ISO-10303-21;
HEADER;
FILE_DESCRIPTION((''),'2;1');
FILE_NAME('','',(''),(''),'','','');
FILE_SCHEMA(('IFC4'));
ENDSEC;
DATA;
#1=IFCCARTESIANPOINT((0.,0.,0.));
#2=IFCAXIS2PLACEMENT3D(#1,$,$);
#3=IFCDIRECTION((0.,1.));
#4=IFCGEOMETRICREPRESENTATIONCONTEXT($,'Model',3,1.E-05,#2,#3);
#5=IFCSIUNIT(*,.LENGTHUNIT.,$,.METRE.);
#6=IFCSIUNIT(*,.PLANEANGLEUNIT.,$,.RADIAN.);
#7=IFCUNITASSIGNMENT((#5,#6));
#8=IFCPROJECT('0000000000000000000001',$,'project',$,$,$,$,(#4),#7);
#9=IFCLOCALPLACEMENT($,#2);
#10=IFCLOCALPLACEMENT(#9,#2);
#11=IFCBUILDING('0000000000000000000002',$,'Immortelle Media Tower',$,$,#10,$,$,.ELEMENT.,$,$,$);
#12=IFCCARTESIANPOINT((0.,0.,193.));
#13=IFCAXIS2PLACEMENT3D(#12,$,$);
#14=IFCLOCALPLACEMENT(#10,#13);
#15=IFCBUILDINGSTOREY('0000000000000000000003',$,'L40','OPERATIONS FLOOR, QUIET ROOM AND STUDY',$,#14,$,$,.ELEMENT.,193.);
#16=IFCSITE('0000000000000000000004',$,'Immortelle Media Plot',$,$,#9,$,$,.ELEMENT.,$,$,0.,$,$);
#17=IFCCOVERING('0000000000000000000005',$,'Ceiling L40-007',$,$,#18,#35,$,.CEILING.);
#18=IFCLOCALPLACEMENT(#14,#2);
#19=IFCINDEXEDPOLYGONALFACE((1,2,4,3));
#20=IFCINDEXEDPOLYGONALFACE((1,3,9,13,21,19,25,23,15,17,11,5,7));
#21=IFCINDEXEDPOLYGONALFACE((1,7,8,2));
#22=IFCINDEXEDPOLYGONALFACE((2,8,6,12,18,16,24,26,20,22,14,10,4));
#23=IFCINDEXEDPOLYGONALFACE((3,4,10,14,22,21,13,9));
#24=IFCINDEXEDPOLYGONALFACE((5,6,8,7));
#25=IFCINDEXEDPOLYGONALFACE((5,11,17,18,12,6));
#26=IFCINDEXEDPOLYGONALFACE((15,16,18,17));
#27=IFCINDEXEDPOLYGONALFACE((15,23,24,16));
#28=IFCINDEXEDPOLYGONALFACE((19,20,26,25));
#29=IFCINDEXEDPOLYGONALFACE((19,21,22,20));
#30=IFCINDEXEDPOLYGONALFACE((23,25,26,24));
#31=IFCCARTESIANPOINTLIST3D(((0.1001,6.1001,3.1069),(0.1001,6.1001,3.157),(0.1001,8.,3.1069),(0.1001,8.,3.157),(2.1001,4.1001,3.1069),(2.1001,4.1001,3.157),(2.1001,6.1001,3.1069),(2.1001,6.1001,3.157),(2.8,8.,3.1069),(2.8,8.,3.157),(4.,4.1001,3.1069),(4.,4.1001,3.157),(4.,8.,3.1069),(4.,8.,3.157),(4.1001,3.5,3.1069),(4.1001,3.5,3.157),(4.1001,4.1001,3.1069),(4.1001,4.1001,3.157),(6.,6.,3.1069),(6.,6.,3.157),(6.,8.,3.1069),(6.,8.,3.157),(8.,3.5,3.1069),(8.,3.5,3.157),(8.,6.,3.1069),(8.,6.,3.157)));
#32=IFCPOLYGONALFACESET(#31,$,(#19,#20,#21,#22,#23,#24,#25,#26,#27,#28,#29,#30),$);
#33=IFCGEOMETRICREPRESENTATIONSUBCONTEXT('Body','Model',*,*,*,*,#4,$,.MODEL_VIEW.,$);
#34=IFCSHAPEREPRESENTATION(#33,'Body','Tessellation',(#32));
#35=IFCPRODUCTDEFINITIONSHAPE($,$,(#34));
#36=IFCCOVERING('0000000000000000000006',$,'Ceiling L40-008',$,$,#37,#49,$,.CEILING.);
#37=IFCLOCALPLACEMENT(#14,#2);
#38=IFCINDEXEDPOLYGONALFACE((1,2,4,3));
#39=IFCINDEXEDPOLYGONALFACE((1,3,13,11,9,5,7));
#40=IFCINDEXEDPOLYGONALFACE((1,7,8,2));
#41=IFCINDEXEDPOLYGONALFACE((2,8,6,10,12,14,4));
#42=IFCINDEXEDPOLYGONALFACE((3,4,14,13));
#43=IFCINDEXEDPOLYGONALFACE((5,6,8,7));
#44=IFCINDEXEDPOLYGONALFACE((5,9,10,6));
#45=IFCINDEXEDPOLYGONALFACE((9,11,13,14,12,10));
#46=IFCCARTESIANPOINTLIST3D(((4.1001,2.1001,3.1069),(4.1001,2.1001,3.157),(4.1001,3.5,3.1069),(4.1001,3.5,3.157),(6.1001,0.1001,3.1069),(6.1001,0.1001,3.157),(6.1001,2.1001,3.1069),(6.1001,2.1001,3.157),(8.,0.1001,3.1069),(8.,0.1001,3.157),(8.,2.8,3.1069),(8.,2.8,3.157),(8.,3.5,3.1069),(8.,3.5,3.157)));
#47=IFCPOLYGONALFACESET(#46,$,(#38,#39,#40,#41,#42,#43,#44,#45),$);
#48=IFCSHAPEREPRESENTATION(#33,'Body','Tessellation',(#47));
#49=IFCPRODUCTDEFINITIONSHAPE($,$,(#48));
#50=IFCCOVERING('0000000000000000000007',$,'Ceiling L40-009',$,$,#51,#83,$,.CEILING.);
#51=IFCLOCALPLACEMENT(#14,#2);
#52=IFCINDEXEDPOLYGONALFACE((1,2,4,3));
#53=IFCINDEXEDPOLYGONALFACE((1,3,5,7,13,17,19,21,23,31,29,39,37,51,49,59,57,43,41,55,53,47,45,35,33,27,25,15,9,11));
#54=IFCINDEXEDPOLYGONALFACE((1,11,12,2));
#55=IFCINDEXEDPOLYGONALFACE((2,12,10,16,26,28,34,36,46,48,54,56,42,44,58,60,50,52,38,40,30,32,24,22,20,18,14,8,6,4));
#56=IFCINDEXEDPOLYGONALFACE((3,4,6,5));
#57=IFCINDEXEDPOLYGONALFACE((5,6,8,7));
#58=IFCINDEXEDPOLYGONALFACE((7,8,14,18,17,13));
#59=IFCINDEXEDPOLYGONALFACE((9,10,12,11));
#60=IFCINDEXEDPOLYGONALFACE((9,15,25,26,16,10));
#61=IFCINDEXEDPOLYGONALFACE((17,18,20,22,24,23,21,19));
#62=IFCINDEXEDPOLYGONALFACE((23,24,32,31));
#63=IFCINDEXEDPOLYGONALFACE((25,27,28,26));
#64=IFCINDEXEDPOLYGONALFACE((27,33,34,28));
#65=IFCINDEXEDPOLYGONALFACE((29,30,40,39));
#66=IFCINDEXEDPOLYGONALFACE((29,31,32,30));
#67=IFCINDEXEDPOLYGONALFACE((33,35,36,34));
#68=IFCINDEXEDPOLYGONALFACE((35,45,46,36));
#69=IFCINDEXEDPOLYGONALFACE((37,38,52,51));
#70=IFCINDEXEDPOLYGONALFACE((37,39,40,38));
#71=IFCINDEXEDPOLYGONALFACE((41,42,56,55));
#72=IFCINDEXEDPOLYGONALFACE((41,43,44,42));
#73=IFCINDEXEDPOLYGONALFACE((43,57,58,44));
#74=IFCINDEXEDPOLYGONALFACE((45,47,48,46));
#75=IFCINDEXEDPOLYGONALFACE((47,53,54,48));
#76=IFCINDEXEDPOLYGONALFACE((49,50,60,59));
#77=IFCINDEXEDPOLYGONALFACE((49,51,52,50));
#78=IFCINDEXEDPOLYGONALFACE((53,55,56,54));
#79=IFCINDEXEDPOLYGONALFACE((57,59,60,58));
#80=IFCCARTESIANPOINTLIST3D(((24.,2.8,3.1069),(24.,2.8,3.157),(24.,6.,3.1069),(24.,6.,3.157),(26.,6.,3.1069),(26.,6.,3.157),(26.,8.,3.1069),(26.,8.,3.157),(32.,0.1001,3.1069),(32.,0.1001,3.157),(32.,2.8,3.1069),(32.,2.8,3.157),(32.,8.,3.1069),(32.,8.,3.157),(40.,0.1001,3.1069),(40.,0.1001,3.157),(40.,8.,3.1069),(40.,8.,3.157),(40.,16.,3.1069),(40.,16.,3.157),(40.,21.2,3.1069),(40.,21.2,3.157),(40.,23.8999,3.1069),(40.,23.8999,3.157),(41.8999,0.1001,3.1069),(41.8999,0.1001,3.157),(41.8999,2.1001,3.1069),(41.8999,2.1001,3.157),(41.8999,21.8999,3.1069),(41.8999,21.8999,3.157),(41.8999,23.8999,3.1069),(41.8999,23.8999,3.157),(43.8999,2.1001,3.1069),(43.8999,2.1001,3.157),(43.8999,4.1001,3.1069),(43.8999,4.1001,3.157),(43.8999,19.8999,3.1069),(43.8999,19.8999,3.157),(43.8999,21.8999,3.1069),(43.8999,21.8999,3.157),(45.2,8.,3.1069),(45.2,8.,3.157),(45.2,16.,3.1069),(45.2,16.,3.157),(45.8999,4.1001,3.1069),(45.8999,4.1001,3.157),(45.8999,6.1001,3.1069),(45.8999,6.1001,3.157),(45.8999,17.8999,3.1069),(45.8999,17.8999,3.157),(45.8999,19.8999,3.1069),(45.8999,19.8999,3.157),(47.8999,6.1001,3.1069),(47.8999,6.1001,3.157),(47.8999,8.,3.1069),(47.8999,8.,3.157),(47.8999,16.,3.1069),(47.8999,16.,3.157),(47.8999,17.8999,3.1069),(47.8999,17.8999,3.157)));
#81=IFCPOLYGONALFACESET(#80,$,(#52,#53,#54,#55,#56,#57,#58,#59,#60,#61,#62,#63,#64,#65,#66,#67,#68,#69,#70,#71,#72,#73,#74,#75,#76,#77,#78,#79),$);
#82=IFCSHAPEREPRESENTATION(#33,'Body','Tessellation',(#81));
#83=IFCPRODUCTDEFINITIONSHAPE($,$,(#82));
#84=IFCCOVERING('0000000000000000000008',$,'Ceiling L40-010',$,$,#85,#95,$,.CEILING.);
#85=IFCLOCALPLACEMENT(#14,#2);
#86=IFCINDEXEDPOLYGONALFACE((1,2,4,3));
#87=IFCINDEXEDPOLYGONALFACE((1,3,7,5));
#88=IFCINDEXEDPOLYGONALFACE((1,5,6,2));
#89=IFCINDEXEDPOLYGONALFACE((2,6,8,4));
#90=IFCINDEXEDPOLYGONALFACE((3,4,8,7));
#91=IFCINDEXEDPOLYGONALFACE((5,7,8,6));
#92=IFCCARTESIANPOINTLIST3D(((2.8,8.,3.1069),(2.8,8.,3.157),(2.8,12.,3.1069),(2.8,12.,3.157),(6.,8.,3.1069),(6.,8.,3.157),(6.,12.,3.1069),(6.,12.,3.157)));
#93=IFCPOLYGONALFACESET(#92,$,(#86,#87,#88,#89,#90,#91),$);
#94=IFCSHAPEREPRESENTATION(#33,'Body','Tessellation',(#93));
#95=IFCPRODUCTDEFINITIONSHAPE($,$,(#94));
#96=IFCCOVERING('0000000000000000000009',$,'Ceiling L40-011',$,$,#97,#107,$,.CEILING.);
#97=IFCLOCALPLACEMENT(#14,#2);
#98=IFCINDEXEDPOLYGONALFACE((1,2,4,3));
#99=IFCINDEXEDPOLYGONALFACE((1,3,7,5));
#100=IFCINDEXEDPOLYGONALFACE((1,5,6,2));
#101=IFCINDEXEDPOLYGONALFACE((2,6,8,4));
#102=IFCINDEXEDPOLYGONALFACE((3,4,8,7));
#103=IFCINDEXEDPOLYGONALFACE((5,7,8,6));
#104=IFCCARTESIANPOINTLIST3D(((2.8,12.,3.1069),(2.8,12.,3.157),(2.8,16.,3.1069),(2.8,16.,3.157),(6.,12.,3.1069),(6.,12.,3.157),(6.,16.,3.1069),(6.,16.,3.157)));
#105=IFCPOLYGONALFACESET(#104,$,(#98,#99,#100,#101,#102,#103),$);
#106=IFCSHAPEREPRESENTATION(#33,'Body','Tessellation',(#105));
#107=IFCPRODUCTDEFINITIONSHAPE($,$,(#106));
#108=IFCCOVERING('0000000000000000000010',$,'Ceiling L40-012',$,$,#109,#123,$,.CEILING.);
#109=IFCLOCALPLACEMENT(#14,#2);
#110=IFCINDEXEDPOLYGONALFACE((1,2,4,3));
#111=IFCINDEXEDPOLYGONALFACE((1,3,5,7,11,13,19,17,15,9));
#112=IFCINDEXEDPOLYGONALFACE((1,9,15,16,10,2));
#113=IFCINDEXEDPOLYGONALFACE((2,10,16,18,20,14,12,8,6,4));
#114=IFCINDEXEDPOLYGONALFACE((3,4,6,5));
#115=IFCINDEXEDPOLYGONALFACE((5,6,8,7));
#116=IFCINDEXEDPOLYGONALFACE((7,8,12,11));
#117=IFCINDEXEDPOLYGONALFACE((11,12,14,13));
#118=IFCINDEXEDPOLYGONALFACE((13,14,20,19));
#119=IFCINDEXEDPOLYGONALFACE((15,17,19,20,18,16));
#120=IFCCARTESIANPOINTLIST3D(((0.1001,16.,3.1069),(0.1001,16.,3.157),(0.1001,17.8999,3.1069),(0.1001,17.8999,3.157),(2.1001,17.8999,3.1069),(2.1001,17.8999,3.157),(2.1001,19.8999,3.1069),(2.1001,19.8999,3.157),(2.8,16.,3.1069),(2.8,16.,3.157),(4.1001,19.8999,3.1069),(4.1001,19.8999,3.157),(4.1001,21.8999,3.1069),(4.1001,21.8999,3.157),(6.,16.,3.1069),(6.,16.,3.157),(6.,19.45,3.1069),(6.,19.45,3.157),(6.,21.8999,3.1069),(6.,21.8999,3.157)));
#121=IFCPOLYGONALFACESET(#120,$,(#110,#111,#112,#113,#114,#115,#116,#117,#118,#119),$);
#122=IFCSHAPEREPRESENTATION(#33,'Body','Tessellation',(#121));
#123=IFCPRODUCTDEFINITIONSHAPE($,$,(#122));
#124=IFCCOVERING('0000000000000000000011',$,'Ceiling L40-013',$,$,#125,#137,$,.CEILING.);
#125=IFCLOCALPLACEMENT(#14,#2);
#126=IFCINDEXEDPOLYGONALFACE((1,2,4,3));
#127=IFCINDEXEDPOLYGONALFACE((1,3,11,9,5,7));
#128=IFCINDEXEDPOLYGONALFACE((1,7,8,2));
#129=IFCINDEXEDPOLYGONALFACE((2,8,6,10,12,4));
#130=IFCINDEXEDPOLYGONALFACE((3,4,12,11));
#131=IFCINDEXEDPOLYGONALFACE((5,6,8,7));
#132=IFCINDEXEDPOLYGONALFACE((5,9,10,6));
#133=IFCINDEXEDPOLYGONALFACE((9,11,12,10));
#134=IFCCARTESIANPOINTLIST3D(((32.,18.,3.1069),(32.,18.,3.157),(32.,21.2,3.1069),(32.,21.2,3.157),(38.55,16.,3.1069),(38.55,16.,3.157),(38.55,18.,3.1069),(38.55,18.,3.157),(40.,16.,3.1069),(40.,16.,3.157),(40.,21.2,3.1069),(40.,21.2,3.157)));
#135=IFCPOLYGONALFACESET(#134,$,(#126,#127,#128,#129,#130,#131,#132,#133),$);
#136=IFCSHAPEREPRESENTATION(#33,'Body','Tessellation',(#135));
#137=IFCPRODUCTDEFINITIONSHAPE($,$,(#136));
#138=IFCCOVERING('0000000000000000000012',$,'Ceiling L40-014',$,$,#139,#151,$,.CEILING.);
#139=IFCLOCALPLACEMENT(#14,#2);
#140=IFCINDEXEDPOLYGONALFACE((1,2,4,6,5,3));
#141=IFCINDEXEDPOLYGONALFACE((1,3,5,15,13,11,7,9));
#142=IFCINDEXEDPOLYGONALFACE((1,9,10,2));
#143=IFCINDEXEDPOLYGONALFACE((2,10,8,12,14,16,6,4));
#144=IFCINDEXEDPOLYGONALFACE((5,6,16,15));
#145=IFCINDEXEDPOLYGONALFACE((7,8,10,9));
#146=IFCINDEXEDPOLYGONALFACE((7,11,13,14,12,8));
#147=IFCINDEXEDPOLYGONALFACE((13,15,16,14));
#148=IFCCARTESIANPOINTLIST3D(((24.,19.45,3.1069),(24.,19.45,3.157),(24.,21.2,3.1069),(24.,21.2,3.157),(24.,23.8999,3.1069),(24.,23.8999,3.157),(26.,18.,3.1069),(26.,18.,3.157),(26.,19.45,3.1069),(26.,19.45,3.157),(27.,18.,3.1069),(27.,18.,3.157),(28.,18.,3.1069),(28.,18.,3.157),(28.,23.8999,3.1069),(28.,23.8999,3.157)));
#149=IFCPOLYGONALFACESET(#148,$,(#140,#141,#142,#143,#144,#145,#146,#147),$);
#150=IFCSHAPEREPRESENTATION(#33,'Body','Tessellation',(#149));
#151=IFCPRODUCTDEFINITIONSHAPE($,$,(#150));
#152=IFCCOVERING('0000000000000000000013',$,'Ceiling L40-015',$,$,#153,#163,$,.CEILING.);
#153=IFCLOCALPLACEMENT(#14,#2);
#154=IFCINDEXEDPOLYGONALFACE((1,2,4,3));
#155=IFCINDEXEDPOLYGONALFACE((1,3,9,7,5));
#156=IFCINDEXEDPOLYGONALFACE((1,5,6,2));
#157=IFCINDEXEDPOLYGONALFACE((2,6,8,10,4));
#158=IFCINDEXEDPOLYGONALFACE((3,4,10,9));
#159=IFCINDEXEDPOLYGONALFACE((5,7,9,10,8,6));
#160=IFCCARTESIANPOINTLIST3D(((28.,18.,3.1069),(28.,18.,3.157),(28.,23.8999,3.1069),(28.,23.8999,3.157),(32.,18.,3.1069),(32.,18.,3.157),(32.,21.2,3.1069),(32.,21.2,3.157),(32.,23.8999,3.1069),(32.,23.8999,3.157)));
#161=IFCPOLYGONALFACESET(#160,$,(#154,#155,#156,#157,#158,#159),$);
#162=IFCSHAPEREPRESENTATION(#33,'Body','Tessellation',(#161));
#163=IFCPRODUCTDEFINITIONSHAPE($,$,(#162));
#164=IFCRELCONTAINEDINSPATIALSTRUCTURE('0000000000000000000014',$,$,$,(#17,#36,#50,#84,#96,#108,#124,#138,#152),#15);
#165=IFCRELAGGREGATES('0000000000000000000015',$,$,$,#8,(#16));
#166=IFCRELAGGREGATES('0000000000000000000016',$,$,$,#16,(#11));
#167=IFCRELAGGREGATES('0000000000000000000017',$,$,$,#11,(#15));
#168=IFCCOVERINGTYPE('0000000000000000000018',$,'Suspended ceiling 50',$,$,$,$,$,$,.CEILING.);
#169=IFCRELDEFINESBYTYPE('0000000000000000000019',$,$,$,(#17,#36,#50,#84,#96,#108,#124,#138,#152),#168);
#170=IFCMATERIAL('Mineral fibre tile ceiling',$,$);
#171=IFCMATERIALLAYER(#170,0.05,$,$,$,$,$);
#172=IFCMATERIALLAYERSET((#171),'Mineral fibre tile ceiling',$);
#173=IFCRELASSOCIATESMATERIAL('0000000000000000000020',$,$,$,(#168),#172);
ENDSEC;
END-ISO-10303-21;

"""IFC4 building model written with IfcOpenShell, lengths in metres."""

from ifc_helpers import new_model, si_unit, direction, frame, origin, place, context, subcontext, project, spatial, polyline, outline, extrude, material, layer, layer_set, type_object, element, save


model = new_model("IFC4")

# Units and contexts
model_context = context("Model", 3, precision=1e-05, world=origin(), true_north=direction((0.0, 1.0)))
body_context = subcontext(model_context, "Body", "Model", "MODEL_VIEW")
ifc_project = project(units=[si_unit("LENGTHUNIT", "METRE"), si_unit("PLANEANGLEUNIT", "RADIAN")], contexts=[model_context])

# Site, building, storey
site_placement = place(None, origin())
site = spatial("IfcSite", under=ifc_project, at=site_placement, Name="Immortelle Media Plot", CompositionType="ELEMENT", RefElevation=0.0)
building_placement = place(site_placement, origin())
building = spatial("IfcBuilding", under=site, at=building_placement, Name="Immortelle Media Tower", CompositionType="ELEMENT")
storey_placement = place(building_placement, frame((0.0, 0.0, 193.0)))
storey = spatial("IfcBuildingStorey", under=building, at=storey_placement, Name="L40", Description="OPERATIONS FLOOR, QUIET ROOM AND STUDY", CompositionType="ELEMENT", Elevation=193.0)

# Coverings
ifc_material_1 = material(Name="Mineral fibre tile ceiling")
ifc_layer_1 = layer(ifc_material_1, 0.05)
ifc_layer_set_1 = layer_set([ifc_layer_1], Name="Mineral fibre tile ceiling")
covering_type = type_object("IfcCoveringType", Name="Suspended ceiling 50", PredefinedType="CEILING", material=ifc_layer_set_1)
covering_1_placement = place(storey_placement, frame((0.0, 0.0, 3.1069)))
element("IfcCovering", 1, at=covering_1_placement, inside=storey, type_object=covering_type, Name="Ceiling L40-007", PredefinedType="CEILING", context=body_context, shape_type="SweptSolid", body=[
    extrude(outline(polyline([(4.1001, 4.1001), (4.0, 4.1001), (2.1001, 4.1001), (2.1001, 6.1001), (0.1001, 6.1001), (0.1001, 8.0), (2.8, 8.0), (4.0, 8.0), (6.0, 8.0), (6.0, 6.0), (8.0, 6.0), (8.0, 3.5), (4.1001, 3.5), (4.1001, 4.1001)])), origin(), (0.0, 0.0, 1.0), 0.05),
])
covering_2_placement = place(storey_placement, frame((0.0, 0.0, 3.1069)))
element("IfcCovering", 2, at=covering_2_placement, inside=storey, type_object=covering_type, Name="Ceiling L40-008", PredefinedType="CEILING", context=body_context, shape_type="SweptSolid", body=[
    extrude(outline(polyline([(4.1001, 3.5), (8.0, 3.5), (8.0, 2.8), (8.0, 0.1001), (6.1001, 0.1001), (6.1001, 2.1001), (4.1001, 2.1001), (4.1001, 3.5)])), origin(), (0.0, 0.0, 1.0), 0.05),
])
covering_3_placement = place(storey_placement, frame((0.0, 0.0, 3.1069)))
element("IfcCovering", 3, at=covering_3_placement, inside=storey, type_object=covering_type, Name="Ceiling L40-009", PredefinedType="CEILING", context=body_context, shape_type="SweptSolid", body=[
    extrude(outline(polyline([(26.0, 6.0), (26.0, 8.0), (32.0, 8.0), (40.0, 8.0), (40.0, 16.0), (40.0, 21.2), (40.0, 23.8999), (41.8999, 23.8999), (41.8999, 21.8999), (43.8999, 21.8999), (43.8999, 19.8999), (45.8999, 19.8999), (45.8999, 17.8999), (47.8999, 17.8999), (47.8999, 16.0), (45.2, 16.0), (45.2, 8.0), (47.8999, 8.0), (47.8999, 6.1001), (45.8999, 6.1001), (45.8999, 4.1001), (43.8999, 4.1001), (43.8999, 2.1001), (41.8999, 2.1001), (41.8999, 0.1001), (40.0, 0.1001), (32.0, 0.1001), (32.0, 2.8), (24.0, 2.8), (24.0, 6.0), (26.0, 6.0)])), origin(), (0.0, 0.0, 1.0), 0.05),
])
covering_4_placement = place(storey_placement, frame((0.0, 0.0, 3.1069)))
element("IfcCovering", 4, at=covering_4_placement, inside=storey, type_object=covering_type, Name="Ceiling L40-010", PredefinedType="CEILING", context=body_context, shape_type="SweptSolid", body=[
    extrude(outline(polyline([(2.8, 8.0), (2.8, 12.0), (6.0, 12.0), (6.0, 8.0), (2.8, 8.0)])), origin(), (0.0, 0.0, 1.0), 0.05),
])
covering_5_placement = place(storey_placement, frame((0.0, 0.0, 3.1069)))
element("IfcCovering", 5, at=covering_5_placement, inside=storey, type_object=covering_type, Name="Ceiling L40-011", PredefinedType="CEILING", context=body_context, shape_type="SweptSolid", body=[
    extrude(outline(polyline([(2.8, 16.0), (6.0, 16.0), (6.0, 12.0), (2.8, 12.0), (2.8, 16.0)])), origin(), (0.0, 0.0, 1.0), 0.05),
])
covering_6_placement = place(storey_placement, frame((0.0, 0.0, 3.1069)))
element("IfcCovering", 6, at=covering_6_placement, inside=storey, type_object=covering_type, Name="Ceiling L40-012", PredefinedType="CEILING", context=body_context, shape_type="SweptSolid", body=[
    extrude(outline(polyline([(2.1001, 17.8999), (2.1001, 19.8999), (4.1001, 19.8999), (4.1001, 21.8999), (6.0, 21.8999), (6.0, 19.45), (6.0, 16.0), (2.8, 16.0), (0.1001, 16.0), (0.1001, 17.8999), (2.1001, 17.8999)])), origin(), (0.0, 0.0, 1.0), 0.05),
])
covering_7_placement = place(storey_placement, frame((0.0, 0.0, 3.1069)))
element("IfcCovering", 7, at=covering_7_placement, inside=storey, type_object=covering_type, Name="Ceiling L40-013", PredefinedType="CEILING", context=body_context, shape_type="SweptSolid", body=[
    extrude(outline(polyline([(38.55, 16.0), (38.55, 18.0), (32.0, 18.0), (32.0, 21.2), (40.0, 21.2), (40.0, 16.0), (38.55, 16.0)])), origin(), (0.0, 0.0, 1.0), 0.05),
])
covering_8_placement = place(storey_placement, frame((0.0, 0.0, 3.1069)))
element("IfcCovering", 8, at=covering_8_placement, inside=storey, type_object=covering_type, Name="Ceiling L40-014", PredefinedType="CEILING", context=body_context, shape_type="SweptSolid", body=[
    extrude(outline(polyline([(26.0, 18.0), (26.0, 19.45), (24.0, 19.45), (24.0, 21.2), (24.0, 23.8999), (28.0, 23.8999), (28.0, 18.0), (27.0, 18.0), (26.0, 18.0)])), origin(), (0.0, 0.0, 1.0), 0.05),
])
covering_9_placement = place(storey_placement, frame((0.0, 0.0, 3.1069)))
element("IfcCovering", 9, at=covering_9_placement, inside=storey, type_object=covering_type, Name="Ceiling L40-015", PredefinedType="CEILING", context=body_context, shape_type="SweptSolid", body=[
    extrude(outline(polyline([(32.0, 23.8999), (32.0, 21.2), (32.0, 18.0), (28.0, 18.0), (28.0, 23.8999), (32.0, 23.8999)])), origin(), (0.0, 0.0, 1.0), 0.05),
])

save(model, "model.ifc")
